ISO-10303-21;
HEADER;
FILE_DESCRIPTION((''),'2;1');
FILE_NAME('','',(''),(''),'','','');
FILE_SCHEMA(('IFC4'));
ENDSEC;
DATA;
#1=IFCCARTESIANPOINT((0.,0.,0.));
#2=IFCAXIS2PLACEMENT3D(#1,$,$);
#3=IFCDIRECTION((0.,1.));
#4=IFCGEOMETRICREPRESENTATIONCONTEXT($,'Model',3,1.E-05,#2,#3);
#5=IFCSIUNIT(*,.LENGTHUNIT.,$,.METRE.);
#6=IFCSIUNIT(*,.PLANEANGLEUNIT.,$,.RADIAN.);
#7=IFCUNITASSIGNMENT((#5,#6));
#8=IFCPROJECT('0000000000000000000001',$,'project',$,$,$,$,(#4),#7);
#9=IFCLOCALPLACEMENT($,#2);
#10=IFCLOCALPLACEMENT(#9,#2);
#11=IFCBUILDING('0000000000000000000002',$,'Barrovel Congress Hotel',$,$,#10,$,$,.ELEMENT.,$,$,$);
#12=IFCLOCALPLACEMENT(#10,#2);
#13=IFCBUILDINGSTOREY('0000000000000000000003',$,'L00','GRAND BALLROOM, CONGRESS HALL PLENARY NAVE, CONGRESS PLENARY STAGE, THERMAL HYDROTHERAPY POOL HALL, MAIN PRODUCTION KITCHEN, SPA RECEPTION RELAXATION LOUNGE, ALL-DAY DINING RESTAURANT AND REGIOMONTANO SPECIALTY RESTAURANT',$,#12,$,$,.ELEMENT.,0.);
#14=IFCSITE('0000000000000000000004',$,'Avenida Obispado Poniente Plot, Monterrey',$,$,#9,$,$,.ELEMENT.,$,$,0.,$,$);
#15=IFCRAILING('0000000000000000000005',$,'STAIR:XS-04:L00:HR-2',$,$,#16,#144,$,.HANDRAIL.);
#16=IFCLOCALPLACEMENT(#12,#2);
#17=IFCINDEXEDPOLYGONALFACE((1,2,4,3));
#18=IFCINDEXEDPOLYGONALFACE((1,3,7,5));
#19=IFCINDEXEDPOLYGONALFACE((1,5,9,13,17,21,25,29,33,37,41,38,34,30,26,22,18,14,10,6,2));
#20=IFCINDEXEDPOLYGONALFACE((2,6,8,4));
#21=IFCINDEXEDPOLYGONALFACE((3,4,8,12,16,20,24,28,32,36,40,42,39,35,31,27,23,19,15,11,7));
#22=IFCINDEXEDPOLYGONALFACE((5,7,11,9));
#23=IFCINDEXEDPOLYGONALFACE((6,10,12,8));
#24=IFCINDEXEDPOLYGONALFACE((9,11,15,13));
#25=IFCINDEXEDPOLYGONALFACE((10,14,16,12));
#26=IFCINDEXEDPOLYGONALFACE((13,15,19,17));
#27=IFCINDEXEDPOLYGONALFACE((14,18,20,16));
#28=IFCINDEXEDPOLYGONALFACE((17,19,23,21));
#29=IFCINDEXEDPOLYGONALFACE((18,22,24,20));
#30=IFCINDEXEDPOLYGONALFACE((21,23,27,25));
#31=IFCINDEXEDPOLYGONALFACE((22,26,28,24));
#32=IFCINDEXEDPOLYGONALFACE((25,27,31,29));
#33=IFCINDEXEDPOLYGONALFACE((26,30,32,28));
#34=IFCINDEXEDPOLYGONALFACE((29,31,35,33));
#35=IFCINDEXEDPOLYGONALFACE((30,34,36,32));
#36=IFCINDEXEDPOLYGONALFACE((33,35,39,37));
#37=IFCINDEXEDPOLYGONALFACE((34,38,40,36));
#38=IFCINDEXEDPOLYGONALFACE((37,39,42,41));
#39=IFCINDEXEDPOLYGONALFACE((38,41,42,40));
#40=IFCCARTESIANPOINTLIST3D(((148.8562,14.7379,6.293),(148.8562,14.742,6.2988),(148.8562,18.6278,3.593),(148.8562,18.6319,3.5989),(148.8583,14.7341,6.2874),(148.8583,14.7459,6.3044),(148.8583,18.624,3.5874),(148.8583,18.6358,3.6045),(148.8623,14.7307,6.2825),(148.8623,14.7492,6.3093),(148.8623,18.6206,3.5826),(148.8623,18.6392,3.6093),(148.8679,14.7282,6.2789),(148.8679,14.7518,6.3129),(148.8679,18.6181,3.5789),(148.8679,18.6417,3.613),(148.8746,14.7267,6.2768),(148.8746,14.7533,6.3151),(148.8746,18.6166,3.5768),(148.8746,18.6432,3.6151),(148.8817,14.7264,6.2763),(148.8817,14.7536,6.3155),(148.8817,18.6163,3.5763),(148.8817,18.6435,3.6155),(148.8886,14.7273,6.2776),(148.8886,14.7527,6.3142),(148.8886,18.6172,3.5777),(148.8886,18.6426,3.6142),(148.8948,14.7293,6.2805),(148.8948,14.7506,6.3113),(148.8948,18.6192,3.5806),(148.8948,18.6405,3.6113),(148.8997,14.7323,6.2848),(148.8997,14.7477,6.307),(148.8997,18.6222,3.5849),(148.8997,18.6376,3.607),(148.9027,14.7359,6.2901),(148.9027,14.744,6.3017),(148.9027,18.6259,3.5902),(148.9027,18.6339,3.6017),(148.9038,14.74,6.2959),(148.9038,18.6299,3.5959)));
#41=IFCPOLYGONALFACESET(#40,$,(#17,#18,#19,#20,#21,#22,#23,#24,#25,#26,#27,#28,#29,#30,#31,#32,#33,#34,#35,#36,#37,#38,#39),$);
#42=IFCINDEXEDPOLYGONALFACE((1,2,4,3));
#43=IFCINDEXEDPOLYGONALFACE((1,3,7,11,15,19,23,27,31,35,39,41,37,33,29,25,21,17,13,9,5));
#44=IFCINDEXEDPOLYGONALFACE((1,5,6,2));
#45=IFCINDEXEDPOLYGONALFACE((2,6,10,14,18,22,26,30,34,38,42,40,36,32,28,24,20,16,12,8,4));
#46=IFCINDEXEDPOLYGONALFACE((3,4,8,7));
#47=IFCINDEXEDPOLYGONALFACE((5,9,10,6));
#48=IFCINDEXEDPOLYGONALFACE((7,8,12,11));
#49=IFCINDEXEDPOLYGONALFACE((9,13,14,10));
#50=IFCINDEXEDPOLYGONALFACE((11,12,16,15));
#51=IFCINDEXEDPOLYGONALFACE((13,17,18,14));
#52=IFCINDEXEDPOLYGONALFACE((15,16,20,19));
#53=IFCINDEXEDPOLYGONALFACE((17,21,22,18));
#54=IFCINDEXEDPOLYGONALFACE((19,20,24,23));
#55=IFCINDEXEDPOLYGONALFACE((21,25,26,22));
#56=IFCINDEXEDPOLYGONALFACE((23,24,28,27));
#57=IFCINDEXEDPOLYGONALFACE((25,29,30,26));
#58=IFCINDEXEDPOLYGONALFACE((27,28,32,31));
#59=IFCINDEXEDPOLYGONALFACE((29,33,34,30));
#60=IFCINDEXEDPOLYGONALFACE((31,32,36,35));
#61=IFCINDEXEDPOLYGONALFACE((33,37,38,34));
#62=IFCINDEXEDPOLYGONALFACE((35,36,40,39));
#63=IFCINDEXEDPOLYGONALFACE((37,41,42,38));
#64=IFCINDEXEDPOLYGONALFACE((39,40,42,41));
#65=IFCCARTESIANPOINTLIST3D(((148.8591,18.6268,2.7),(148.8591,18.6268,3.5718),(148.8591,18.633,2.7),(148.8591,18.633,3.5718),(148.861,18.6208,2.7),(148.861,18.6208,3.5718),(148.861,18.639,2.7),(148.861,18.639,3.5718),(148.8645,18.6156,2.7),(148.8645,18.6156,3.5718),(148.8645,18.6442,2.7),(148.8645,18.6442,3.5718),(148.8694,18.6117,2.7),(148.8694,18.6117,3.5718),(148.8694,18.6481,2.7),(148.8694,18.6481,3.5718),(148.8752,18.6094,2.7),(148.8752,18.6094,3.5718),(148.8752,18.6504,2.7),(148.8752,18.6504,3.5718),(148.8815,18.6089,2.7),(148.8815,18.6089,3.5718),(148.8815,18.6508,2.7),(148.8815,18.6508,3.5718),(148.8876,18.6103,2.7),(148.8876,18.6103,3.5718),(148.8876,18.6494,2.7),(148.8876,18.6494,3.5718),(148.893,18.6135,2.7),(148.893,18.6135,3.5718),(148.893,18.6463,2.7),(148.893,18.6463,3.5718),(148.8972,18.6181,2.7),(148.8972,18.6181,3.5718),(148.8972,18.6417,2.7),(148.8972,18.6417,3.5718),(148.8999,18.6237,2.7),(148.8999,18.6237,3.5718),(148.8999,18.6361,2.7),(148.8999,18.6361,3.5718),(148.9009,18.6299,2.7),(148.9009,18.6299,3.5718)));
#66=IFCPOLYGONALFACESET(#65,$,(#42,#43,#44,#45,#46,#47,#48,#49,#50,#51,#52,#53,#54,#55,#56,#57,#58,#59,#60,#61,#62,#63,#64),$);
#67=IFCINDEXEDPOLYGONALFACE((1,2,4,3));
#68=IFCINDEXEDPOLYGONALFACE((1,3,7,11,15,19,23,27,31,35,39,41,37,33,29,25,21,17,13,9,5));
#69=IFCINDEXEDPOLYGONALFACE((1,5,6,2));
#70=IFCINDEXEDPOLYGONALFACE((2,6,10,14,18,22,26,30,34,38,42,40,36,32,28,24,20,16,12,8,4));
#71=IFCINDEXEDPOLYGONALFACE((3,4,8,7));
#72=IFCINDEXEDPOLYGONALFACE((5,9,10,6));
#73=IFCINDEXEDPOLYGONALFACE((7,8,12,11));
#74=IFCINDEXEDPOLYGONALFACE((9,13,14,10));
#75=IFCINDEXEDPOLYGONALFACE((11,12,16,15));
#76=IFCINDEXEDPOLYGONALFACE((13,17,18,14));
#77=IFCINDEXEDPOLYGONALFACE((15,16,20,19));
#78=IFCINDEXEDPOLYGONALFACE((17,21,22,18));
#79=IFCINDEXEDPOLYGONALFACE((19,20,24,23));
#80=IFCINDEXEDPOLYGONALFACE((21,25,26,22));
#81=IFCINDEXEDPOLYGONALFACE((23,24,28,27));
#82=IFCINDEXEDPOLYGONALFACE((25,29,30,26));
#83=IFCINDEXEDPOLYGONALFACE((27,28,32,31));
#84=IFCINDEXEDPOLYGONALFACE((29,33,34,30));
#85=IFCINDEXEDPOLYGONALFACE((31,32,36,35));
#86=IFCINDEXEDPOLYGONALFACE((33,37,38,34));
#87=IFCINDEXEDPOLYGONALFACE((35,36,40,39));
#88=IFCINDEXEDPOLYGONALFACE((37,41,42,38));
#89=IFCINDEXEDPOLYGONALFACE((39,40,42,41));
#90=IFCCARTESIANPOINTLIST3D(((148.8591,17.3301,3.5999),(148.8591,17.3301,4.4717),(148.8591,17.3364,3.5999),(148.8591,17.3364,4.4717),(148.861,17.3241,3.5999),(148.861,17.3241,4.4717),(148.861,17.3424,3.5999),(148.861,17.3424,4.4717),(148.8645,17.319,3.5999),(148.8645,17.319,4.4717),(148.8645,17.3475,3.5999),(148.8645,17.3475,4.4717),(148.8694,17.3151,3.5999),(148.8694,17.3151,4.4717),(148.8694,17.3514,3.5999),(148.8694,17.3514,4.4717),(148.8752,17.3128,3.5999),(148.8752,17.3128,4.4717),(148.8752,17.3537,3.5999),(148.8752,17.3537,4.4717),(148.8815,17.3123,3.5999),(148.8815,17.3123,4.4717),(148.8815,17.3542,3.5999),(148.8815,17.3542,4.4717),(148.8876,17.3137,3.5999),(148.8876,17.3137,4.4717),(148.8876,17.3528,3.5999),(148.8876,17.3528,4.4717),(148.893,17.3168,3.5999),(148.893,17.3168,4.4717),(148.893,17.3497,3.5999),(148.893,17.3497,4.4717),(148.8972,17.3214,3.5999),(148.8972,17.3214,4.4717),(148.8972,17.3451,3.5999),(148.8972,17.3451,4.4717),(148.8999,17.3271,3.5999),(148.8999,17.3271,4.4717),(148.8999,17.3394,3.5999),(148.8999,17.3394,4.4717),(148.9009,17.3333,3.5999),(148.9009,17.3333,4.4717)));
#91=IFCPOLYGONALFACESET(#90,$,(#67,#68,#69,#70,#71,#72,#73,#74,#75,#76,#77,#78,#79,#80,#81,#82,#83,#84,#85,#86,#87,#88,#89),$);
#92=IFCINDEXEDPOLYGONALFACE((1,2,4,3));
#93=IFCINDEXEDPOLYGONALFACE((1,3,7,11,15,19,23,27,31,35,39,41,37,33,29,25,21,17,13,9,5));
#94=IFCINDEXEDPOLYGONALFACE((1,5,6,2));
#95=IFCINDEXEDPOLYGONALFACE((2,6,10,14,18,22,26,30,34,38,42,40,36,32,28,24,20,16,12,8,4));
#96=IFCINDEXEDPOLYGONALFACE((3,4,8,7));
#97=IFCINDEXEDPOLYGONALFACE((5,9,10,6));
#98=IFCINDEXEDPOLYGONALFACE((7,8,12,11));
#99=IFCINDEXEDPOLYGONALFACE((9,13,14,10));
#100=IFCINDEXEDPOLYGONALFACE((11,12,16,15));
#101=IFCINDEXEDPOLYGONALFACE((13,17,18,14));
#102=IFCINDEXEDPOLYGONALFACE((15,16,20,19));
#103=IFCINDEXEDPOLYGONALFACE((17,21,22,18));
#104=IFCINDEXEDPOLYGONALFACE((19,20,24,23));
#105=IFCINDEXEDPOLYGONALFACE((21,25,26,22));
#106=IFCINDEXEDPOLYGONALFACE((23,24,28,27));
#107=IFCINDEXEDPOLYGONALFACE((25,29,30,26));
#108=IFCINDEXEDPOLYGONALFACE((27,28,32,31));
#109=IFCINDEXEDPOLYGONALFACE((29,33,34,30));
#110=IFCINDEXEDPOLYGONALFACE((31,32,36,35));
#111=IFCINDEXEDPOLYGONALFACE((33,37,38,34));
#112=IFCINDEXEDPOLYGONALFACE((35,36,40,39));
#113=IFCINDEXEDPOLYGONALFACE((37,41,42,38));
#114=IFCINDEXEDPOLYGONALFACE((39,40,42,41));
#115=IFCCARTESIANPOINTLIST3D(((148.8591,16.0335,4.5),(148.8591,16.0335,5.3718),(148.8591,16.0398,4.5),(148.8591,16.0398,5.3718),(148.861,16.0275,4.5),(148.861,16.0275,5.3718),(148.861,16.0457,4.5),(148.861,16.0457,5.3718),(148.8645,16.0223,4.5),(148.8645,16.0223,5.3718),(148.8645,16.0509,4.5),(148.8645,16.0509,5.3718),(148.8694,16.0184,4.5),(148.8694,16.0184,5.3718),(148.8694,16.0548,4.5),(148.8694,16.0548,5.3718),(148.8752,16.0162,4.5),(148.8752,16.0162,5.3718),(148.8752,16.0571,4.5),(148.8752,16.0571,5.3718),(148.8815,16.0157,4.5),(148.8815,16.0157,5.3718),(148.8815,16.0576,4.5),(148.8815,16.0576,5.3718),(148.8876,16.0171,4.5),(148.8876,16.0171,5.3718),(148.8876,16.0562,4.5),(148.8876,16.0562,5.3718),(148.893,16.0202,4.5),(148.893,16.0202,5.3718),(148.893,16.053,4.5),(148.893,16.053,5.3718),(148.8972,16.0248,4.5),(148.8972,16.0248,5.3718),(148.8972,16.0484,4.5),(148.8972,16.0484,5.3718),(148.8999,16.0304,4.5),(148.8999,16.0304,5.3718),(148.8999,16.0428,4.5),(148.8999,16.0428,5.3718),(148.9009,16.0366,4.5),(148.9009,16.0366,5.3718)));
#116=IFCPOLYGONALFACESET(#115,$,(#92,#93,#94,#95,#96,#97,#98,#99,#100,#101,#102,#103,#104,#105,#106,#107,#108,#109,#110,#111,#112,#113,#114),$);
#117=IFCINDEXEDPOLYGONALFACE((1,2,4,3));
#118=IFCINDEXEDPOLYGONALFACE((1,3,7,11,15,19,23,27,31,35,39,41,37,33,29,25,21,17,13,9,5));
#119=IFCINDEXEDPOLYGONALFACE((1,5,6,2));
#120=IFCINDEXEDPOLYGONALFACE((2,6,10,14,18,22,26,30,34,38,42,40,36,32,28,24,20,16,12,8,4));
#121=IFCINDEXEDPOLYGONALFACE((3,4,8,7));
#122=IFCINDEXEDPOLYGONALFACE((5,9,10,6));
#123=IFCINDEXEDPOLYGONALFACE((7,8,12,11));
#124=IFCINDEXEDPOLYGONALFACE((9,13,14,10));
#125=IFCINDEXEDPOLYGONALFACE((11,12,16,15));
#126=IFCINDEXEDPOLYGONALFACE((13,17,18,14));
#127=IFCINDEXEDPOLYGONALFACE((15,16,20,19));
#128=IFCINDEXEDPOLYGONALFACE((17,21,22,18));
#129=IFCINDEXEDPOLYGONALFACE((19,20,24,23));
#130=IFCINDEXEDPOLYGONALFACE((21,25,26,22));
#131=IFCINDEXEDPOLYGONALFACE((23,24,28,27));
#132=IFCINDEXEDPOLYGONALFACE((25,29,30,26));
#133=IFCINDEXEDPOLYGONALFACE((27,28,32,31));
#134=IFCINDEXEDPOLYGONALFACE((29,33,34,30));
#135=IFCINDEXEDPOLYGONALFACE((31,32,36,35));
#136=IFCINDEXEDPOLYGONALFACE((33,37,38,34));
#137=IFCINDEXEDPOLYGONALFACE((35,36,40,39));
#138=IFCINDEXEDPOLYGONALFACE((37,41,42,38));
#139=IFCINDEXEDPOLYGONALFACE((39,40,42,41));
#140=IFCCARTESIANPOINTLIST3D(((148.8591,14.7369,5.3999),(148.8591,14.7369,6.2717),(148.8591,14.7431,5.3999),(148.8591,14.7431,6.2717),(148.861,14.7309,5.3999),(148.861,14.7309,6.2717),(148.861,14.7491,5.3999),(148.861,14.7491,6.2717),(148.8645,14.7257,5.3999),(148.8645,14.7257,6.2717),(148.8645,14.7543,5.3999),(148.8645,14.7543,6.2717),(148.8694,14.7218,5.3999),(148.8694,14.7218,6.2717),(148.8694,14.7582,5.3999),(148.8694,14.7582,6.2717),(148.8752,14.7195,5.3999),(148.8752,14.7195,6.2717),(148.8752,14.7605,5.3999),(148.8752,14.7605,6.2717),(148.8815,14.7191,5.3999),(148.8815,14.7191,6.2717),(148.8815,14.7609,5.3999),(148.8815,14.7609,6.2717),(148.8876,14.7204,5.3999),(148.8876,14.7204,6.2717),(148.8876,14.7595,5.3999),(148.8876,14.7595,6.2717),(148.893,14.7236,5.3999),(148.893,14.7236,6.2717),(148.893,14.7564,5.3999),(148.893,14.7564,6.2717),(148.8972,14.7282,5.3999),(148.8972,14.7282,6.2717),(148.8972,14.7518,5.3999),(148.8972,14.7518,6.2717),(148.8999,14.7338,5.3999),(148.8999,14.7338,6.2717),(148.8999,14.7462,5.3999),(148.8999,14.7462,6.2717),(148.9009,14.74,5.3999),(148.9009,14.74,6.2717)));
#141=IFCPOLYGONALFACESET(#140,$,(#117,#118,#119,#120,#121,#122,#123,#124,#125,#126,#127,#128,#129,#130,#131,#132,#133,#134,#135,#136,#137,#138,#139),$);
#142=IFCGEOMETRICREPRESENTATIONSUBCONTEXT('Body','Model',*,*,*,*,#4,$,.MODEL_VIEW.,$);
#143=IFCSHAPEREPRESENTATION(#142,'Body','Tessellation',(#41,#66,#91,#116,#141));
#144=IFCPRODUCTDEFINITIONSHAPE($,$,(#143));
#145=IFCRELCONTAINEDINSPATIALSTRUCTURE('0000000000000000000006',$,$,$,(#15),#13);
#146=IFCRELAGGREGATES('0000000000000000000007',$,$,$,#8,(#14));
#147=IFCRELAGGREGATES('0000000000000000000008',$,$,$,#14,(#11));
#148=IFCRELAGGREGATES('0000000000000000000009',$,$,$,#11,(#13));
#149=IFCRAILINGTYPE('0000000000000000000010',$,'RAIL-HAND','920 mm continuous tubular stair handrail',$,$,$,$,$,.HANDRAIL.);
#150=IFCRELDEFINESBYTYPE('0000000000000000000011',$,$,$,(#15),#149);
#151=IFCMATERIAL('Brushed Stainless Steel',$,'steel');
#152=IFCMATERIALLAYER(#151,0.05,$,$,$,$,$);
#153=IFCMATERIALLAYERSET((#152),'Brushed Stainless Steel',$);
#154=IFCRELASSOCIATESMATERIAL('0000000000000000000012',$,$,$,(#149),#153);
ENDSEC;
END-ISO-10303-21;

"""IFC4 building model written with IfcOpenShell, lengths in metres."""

from ifc_helpers import new_model, si_unit, direction, frame, origin, origin_2d, place, context, subcontext, project, spatial, circle, extrude, material, layer, layer_set, type_object, element, save


model = new_model("IFC4")

# Units and contexts
model_context = context("Model", 3, precision=1e-05, world=origin(), true_north=direction((0.0, 1.0)))
body_context = subcontext(model_context, "Body", "Model", "MODEL_VIEW")
ifc_project = project(units=[si_unit("LENGTHUNIT", "METRE"), si_unit("PLANEANGLEUNIT", "RADIAN")], contexts=[model_context])

# Site, building, storey
site_placement = place(None, origin())
site = spatial("IfcSite", under=ifc_project, at=site_placement, Name="Avenida Obispado Poniente Plot, Monterrey", CompositionType="ELEMENT", RefElevation=0.0)
building_placement = place(site_placement, origin())
building = spatial("IfcBuilding", under=site, at=building_placement, Name="Barrovel Congress Hotel", CompositionType="ELEMENT")
storey_placement = place(building_placement, origin())
storey = spatial("IfcBuildingStorey", under=building, at=storey_placement, Name="L00", Description="GRAND BALLROOM, CONGRESS HALL PLENARY NAVE, CONGRESS PLENARY STAGE, THERMAL HYDROTHERAPY POOL HALL, MAIN PRODUCTION KITCHEN, SPA RECEPTION RELAXATION LOUNGE, ALL-DAY DINING RESTAURANT AND REGIOMONTANO SPECIALTY RESTAURANT", CompositionType="ELEMENT", Elevation=0.0)

# Railing
ifc_material_1 = material(Name="Brushed Stainless Steel", Category="steel")
ifc_layer_1 = layer(ifc_material_1, 0.05)
ifc_layer_set_1 = layer_set([ifc_layer_1], Name="Brushed Stainless Steel")
railing_type_1 = type_object("IfcRailingType", Name="RAIL-HAND", Description="920 mm continuous tubular stair handrail", PredefinedType="HANDRAIL", material=ifc_layer_set_1)
railing_1_placement = place(storey_placement, frame((148.8799, 18.6299, 2.7)))
element("IfcRailing", 1, at=railing_1_placement, inside=storey, type_object=railing_type_1, Name="STAIR:XS-04:L00:HR-2", PredefinedType="HANDRAIL", context=body_context, shape_type="SweptSolid", body=[
    extrude(circle(Radius=0.0239, at=origin_2d()), frame((0.0, 0.0, 0.896), z_axis=(0.0, -0.821505, 0.570202), x_axis=(1.0, 0.0, 0.0)), (0.0, 0.0, 1.0), 4.7351),
    extrude(circle(Radius=0.021, at=origin_2d()), origin(), (0.0, 0.0, 1.0), 0.8718),
    extrude(circle(Radius=0.021, at=origin_2d()), frame((0.0, -1.2966, 0.8999)), (0.0, 0.0, 1.0), 0.8718),
    extrude(circle(Radius=0.021, at=origin_2d()), frame((0.0, -2.5933, 1.8)), (0.0, 0.0, 1.0), 0.8718),
    extrude(circle(Radius=0.021, at=origin_2d()), frame((0.0, -3.8899, 2.7)), (0.0, 0.0, 1.0), 0.8718),
])

save(model, "model.ifc")
